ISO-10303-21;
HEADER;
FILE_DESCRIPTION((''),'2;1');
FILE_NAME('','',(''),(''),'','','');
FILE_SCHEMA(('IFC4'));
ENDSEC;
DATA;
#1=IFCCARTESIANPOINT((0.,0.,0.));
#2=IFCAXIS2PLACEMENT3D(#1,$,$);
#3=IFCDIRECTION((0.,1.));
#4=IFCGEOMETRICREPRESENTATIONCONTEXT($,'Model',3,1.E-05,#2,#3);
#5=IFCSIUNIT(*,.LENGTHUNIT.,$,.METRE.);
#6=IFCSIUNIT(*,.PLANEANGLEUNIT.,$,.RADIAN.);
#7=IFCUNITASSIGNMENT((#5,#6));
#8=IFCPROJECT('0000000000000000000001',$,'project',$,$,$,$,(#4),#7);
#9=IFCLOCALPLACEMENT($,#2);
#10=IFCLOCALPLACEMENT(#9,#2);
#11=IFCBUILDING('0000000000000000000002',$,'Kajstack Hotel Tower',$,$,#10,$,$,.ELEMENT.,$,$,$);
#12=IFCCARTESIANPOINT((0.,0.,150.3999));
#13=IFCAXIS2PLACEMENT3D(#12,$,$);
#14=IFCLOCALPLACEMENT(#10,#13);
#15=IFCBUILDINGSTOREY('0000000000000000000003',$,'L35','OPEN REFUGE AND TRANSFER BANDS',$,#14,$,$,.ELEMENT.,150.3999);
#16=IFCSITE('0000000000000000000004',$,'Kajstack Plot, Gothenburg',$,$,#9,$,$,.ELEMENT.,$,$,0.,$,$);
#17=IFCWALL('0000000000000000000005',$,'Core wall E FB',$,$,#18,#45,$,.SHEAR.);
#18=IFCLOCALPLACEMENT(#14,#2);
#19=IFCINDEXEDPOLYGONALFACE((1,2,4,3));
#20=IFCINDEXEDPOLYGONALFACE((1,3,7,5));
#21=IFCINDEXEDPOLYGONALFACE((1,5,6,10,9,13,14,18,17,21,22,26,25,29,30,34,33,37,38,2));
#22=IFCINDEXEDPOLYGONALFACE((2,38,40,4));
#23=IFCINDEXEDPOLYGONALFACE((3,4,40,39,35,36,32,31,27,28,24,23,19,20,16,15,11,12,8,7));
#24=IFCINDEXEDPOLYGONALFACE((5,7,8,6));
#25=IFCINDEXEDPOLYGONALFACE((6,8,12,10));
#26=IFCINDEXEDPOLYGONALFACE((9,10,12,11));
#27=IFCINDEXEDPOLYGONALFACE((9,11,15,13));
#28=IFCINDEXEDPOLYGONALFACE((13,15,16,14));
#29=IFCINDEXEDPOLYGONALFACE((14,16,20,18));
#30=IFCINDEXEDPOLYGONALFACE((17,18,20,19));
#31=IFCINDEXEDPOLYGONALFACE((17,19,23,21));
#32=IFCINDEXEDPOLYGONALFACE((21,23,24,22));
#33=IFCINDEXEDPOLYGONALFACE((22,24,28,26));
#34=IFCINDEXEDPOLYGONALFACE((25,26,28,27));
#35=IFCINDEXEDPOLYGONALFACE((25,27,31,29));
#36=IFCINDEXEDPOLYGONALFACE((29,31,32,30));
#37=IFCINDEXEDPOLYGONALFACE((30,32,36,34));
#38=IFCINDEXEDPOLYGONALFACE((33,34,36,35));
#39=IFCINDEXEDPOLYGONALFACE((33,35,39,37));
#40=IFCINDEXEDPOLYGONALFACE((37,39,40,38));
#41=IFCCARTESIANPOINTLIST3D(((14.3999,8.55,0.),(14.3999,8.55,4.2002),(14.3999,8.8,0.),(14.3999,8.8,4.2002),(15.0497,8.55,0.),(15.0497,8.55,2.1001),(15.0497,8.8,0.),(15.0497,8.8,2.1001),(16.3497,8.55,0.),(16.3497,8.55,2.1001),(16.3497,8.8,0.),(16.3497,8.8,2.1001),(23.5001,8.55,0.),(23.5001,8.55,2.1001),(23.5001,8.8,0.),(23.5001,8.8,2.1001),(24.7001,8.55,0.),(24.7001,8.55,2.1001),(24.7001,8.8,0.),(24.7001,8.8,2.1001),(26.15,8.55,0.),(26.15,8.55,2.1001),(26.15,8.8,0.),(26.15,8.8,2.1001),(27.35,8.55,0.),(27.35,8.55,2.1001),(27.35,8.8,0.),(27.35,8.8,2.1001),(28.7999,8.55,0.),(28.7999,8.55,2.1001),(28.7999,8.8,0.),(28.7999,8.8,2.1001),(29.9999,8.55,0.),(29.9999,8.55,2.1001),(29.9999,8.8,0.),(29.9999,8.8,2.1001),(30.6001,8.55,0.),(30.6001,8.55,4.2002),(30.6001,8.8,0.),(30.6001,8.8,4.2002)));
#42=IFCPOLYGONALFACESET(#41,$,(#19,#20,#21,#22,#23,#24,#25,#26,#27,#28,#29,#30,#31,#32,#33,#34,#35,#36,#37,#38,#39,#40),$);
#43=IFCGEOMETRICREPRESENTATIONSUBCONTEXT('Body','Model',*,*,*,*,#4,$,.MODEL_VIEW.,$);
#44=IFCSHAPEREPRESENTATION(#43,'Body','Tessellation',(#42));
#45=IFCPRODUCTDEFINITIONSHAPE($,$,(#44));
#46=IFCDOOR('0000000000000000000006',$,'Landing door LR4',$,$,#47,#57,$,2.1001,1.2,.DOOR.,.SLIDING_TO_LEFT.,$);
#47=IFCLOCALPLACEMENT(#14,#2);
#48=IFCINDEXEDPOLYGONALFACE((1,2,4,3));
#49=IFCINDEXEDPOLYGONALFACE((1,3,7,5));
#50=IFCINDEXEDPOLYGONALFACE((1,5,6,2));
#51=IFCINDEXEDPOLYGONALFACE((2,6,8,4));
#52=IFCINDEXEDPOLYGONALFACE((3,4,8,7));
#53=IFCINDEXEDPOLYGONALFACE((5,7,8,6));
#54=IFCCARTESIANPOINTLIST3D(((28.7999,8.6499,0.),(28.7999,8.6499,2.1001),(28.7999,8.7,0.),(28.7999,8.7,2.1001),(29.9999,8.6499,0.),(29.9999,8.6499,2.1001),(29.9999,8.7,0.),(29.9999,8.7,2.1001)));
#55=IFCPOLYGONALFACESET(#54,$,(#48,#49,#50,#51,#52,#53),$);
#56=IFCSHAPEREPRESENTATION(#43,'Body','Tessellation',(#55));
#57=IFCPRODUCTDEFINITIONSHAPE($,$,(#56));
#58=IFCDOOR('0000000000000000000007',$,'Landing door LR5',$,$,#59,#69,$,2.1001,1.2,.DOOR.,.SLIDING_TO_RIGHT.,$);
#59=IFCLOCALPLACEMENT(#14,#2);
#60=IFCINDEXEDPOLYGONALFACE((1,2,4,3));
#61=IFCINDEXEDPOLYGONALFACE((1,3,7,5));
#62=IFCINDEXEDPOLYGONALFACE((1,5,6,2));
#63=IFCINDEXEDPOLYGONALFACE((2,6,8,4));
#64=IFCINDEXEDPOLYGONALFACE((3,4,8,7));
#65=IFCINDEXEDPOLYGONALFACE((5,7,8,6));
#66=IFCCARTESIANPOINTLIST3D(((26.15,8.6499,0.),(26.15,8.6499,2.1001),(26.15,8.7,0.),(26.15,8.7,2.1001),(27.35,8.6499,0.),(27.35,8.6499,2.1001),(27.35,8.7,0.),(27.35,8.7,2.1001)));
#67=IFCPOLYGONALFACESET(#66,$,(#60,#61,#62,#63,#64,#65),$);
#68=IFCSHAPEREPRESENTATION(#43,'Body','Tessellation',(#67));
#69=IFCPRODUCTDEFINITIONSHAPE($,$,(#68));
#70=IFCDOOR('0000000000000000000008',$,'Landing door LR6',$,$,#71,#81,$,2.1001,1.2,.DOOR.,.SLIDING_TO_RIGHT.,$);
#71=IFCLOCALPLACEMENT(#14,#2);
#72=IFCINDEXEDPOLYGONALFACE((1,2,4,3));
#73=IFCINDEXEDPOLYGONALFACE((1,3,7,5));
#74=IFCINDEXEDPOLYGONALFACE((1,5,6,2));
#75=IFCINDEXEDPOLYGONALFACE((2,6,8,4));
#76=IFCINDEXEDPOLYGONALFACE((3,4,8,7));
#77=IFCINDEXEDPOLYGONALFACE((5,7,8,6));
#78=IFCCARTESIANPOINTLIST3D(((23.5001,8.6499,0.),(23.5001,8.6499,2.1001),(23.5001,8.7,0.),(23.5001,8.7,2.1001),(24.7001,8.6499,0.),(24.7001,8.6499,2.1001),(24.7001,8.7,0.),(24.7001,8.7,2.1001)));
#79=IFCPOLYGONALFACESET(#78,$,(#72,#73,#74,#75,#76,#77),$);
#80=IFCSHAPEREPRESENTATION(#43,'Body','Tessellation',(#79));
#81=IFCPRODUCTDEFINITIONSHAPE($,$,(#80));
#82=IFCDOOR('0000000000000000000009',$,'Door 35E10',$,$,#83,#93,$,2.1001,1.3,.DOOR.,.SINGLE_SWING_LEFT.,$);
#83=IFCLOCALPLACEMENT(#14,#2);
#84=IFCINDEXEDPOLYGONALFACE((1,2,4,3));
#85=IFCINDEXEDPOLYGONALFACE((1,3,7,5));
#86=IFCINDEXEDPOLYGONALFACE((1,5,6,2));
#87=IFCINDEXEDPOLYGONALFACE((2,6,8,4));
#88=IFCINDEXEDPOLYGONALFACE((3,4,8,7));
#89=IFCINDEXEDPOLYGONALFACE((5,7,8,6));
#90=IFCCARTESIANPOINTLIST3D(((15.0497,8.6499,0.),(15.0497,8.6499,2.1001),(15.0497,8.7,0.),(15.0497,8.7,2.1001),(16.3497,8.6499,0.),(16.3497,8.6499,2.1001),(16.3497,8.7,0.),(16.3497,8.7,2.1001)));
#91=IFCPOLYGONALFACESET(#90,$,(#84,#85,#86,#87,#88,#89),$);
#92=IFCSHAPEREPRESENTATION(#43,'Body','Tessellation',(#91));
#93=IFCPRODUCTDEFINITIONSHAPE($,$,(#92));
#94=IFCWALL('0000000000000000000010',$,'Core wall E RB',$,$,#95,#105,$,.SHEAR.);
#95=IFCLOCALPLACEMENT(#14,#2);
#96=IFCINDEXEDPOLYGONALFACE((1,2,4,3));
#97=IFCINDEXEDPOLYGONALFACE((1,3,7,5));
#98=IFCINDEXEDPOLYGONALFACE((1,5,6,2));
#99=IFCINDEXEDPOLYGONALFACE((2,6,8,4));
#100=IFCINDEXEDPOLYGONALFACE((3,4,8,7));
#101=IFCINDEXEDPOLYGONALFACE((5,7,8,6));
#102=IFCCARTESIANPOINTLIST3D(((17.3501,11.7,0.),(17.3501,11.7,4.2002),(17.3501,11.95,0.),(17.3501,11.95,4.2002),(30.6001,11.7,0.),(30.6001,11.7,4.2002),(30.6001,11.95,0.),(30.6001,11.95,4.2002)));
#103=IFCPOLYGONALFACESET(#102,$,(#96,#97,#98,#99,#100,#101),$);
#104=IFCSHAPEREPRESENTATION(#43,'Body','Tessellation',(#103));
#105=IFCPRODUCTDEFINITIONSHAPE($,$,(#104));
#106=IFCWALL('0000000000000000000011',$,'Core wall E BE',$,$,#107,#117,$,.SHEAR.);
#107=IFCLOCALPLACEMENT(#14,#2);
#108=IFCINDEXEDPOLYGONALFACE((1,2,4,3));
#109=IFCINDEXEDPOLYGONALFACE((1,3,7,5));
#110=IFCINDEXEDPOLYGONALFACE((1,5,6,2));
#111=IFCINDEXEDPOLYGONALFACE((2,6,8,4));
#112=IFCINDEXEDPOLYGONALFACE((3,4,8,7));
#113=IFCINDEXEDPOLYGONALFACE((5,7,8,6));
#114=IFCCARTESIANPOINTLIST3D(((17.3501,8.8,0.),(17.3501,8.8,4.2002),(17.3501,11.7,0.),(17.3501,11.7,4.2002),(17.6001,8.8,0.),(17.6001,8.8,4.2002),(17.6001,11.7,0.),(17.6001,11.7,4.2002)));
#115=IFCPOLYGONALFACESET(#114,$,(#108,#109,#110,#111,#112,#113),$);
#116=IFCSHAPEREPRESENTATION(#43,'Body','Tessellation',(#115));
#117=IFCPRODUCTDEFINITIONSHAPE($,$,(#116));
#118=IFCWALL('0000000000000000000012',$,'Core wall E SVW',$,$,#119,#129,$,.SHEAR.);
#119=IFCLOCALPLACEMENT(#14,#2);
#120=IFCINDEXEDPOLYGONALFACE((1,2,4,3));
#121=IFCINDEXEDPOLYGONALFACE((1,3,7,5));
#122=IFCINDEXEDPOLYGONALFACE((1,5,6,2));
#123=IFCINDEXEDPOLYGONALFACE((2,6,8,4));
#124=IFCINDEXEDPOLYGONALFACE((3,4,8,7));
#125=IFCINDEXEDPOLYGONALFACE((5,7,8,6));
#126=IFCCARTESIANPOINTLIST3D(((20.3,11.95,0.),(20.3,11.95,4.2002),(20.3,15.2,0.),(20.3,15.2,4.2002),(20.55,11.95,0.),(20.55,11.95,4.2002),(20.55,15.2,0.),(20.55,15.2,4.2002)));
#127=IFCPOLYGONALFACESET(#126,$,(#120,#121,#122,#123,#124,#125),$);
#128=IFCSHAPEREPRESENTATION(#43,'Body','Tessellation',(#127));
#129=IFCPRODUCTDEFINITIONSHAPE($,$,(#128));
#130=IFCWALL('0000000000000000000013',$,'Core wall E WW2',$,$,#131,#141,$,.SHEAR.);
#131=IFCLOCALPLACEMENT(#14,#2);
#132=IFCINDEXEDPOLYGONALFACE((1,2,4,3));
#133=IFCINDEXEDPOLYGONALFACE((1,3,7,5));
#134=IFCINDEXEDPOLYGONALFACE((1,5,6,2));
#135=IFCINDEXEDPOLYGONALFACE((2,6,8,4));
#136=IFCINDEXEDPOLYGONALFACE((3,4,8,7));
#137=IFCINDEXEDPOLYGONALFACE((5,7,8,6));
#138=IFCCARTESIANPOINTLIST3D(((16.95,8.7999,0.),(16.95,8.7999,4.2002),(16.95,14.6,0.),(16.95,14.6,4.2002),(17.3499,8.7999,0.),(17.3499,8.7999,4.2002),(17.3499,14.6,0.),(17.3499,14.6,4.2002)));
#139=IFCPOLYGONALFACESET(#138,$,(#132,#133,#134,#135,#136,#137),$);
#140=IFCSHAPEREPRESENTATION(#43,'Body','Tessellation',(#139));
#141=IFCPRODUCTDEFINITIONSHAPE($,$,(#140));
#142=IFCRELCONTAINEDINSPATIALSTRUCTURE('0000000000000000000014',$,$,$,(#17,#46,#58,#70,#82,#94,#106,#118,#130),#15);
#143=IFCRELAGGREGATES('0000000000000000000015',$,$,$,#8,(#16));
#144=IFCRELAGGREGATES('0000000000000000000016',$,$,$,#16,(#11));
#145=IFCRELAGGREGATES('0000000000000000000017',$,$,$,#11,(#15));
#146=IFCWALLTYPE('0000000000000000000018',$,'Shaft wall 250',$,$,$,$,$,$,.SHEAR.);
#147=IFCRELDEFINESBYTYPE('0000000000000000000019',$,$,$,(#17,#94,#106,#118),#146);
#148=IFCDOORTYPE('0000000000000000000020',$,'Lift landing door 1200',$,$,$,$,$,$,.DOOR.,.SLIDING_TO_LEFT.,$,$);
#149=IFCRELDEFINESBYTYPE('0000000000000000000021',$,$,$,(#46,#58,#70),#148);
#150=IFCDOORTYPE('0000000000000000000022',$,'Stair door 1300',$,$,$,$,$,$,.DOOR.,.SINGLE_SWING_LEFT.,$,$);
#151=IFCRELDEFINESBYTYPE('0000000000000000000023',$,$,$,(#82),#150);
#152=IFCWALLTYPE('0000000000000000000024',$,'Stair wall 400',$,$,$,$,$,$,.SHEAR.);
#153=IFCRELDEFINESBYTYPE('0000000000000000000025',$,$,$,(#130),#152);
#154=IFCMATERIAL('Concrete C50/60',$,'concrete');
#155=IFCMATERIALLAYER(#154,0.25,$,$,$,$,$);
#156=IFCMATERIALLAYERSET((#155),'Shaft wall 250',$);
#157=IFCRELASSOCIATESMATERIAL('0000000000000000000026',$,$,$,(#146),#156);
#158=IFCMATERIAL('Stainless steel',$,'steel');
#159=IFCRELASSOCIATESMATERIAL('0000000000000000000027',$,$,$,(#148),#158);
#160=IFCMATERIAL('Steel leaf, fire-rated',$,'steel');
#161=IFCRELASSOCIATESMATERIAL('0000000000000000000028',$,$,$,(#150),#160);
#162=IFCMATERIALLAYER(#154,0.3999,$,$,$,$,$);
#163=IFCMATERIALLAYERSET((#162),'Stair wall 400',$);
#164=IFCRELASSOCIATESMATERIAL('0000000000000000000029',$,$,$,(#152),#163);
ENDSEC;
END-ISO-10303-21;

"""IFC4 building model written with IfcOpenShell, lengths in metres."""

from ifc_helpers import new_model, si_unit, direction, frame, frame_2d, origin, place, context, subcontext, project, spatial, rectangle, extrude, material, layer, layer_set, type_object, element, fill, save


model = new_model("IFC4")

# Units and contexts
model_context = context("Model", 3, precision=1e-05, world=origin(), true_north=direction((0.0, 1.0)))
body_context = subcontext(model_context, "Body", "Model", "MODEL_VIEW")
ifc_project = project(units=[si_unit("LENGTHUNIT", "METRE"), si_unit("PLANEANGLEUNIT", "RADIAN")], contexts=[model_context])

# Site, building, storey
site_placement = place(None, origin())
site = spatial("IfcSite", under=ifc_project, at=site_placement, Name="Kajstack Plot, Gothenburg", CompositionType="ELEMENT", RefElevation=0.0)
building_placement = place(site_placement, origin())
building = spatial("IfcBuilding", under=site, at=building_placement, Name="Kajstack Hotel Tower", CompositionType="ELEMENT")
storey_placement = place(building_placement, frame((0.0, 0.0, 150.3999)))
storey = spatial("IfcBuildingStorey", under=building, at=storey_placement, Name="L35", Description="OPEN REFUGE AND TRANSFER BANDS", CompositionType="ELEMENT", Elevation=150.3999)

# Shared definitions
ifc_material_1 = material(Name="Concrete C50/60", Category="concrete")
ifc_layer_1 = layer(ifc_material_1, 0.25)
ifc_layer_set_1 = layer_set([ifc_layer_1], Name="Shaft wall 250")
wall_type_1 = type_object("IfcWallType", Name="Shaft wall 250", PredefinedType="SHEAR", material=ifc_layer_set_1)

# Wall, openings, doors
wall_1_placement = place(storey_placement, frame((14.3999, 8.675, 0.0), z_axis=(0.0, 0.0, 1.0), x_axis=(1.0, 0.0, 0.0)))
wall_1 = element("IfcWall", 1, at=wall_1_placement, inside=storey, type_object=wall_type_1, Name="Core wall E FB", PredefinedType="SHEAR", context=body_context, shape_type="SweptSolid", body=[
    extrude(rectangle(XDim=16.2002, YDim=0.25, at=frame_2d((8.1001, 0.0))), origin(), (0.0, 0.0, 1.0), 4.2002),
])
opening_1_placement = place(wall_1_placement, frame((14.3999, 0.0, 0.0)))
opening_1 = element("IfcOpeningElement", 2, at=opening_1_placement, cuts=wall_1, PredefinedType="OPENING", context=body_context, shape_type="SweptSolid", body=[
    extrude(rectangle(XDim=1.2, YDim=2.1001, at=frame_2d((0.6001, 1.05))), frame((0.0, 0.135, 0.0), z_axis=(0.0, -1.0, 0.0), x_axis=(1.0, 0.0, 0.0)), (0.0, 0.0, 1.0), 0.27),
])
opening_2_placement = place(wall_1_placement, frame((11.75, 0.0, 0.0)))
opening_2 = element("IfcOpeningElement", 3, at=opening_2_placement, cuts=wall_1, PredefinedType="OPENING", context=body_context, shape_type="SweptSolid", body=[
    extrude(rectangle(XDim=1.2, YDim=2.1001, at=frame_2d((0.6001, 1.05))), frame((0.0, 0.135, 0.0), z_axis=(0.0, -1.0, 0.0), x_axis=(1.0, 0.0, 0.0)), (0.0, 0.0, 1.0), 0.27),
])
opening_3_placement = place(wall_1_placement, frame((9.1001, 0.0, 0.0)))
opening_3 = element("IfcOpeningElement", 4, at=opening_3_placement, cuts=wall_1, PredefinedType="OPENING", context=body_context, shape_type="SweptSolid", body=[
    extrude(rectangle(XDim=1.2, YDim=2.1001, at=frame_2d((0.6001, 1.05))), frame((0.0, 0.135, 0.0), z_axis=(0.0, -1.0, 0.0), x_axis=(1.0, 0.0, 0.0)), (0.0, 0.0, 1.0), 0.27),
])
opening_4_placement = place(wall_1_placement, frame((0.6499, 0.0, 0.0)))
opening_4 = element("IfcOpeningElement", 5, at=opening_4_placement, cuts=wall_1, PredefinedType="OPENING", context=body_context, shape_type="SweptSolid", body=[
    extrude(rectangle(XDim=1.3, YDim=2.1001, at=frame_2d((0.6499, 1.05))), frame((0.0, 0.135, 0.0), z_axis=(0.0, -1.0, 0.0), x_axis=(1.0, 0.0, 0.0)), (0.0, 0.0, 1.0), 0.27),
])
ifc_material_2 = material(Name="Stainless steel", Category="steel")
door_type_1 = type_object("IfcDoorType", Name="Lift landing door 1200", OperationType="SLIDING_TO_LEFT", PredefinedType="DOOR", material=ifc_material_2)
door_1_placement = place(opening_1_placement, origin())
door_1 = element("IfcDoor", 6, at=door_1_placement, inside=storey, type_object=door_type_1, Name="Landing door LR4", OperationType="SLIDING_TO_LEFT", OverallHeight=2.1001, OverallWidth=1.2, PredefinedType="DOOR", context=body_context, shape_type="SweptSolid", body=[
    extrude(rectangle(XDim=1.2, YDim=2.1001, at=frame_2d((0.6001, 1.05))), frame((0.0, 0.0249, 0.0), z_axis=(0.0, -1.0, 0.0), x_axis=(1.0, 0.0, 0.0)), (0.0, 0.0, 1.0), 0.05),
])
fill(opening_1, door_1)
door_2_placement = place(opening_2_placement, origin())
door_2 = element("IfcDoor", 7, at=door_2_placement, inside=storey, type_object=door_type_1, Name="Landing door LR5", OperationType="SLIDING_TO_RIGHT", OverallHeight=2.1001, OverallWidth=1.2, PredefinedType="DOOR", context=body_context, shape_type="SweptSolid", body=[
    extrude(rectangle(XDim=1.2, YDim=2.1001, at=frame_2d((0.6001, 1.05))), frame((0.0, 0.0249, 0.0), z_axis=(0.0, -1.0, 0.0), x_axis=(1.0, 0.0, 0.0)), (0.0, 0.0, 1.0), 0.05),
])
fill(opening_2, door_2)
door_3_placement = place(opening_3_placement, origin())
door_3 = element("IfcDoor", 8, at=door_3_placement, inside=storey, type_object=door_type_1, Name="Landing door LR6", OperationType="SLIDING_TO_RIGHT", OverallHeight=2.1001, OverallWidth=1.2, PredefinedType="DOOR", context=body_context, shape_type="SweptSolid", body=[
    extrude(rectangle(XDim=1.2, YDim=2.1001, at=frame_2d((0.6001, 1.05))), frame((0.0, 0.0249, 0.0), z_axis=(0.0, -1.0, 0.0), x_axis=(1.0, 0.0, 0.0)), (0.0, 0.0, 1.0), 0.05),
])
fill(opening_3, door_3)
ifc_material_3 = material(Name="Steel leaf, fire-rated", Category="steel")
door_type_2 = type_object("IfcDoorType", Name="Stair door 1300", OperationType="SINGLE_SWING_LEFT", PredefinedType="DOOR", material=ifc_material_3)
door_4_placement = place(opening_4_placement, origin())
door_4 = element("IfcDoor", 9, at=door_4_placement, inside=storey, type_object=door_type_2, Name="Door 35E10", OperationType="SINGLE_SWING_LEFT", OverallHeight=2.1001, OverallWidth=1.3, PredefinedType="DOOR", context=body_context, shape_type="SweptSolid", body=[
    extrude(rectangle(XDim=1.3, YDim=2.1001, at=frame_2d((0.6499, 1.05))), frame((0.0, 0.0249, 0.0), z_axis=(0.0, -1.0, 0.0), x_axis=(1.0, 0.0, 0.0)), (0.0, 0.0, 1.0), 0.05),
])
fill(opening_4, door_4)

# Walls
wall_2_placement = place(storey_placement, frame((17.3501, 11.825, 0.0), z_axis=(0.0, 0.0, 1.0), x_axis=(1.0, 0.0, 0.0)))
element("IfcWall", 10, at=wall_2_placement, inside=storey, type_object=wall_type_1, Name="Core wall E RB", PredefinedType="SHEAR", context=body_context, shape_type="SweptSolid", body=[
    extrude(rectangle(XDim=13.25, YDim=0.25, at=frame_2d((6.625, 0.0))), origin(), (0.0, 0.0, 1.0), 4.2002),
])
wall_3_placement = place(storey_placement, frame((17.4751, 8.8, 0.0), z_axis=(0.0, 0.0, 1.0), x_axis=(0.0, 1.0, 0.0)))
element("IfcWall", 11, at=wall_3_placement, inside=storey, type_object=wall_type_1, Name="Core wall E BE", PredefinedType="SHEAR", context=body_context, shape_type="SweptSolid", body=[
    extrude(rectangle(XDim=2.8999, YDim=0.25, at=frame_2d((1.45, 0.0))), origin(), (0.0, 0.0, 1.0), 4.2002),
])
wall_4_placement = place(storey_placement, frame((20.425, 11.95, 0.0), z_axis=(0.0, 0.0, 1.0), x_axis=(0.0, 1.0, 0.0)))
element("IfcWall", 12, at=wall_4_placement, inside=storey, type_object=wall_type_1, Name="Core wall E SVW", PredefinedType="SHEAR", context=body_context, shape_type="SweptSolid", body=[
    extrude(rectangle(XDim=3.25, YDim=0.25, at=frame_2d((1.625, 0.0))), origin(), (0.0, 0.0, 1.0), 4.2002),
])
ifc_layer_2 = layer(ifc_material_1, 0.3999)
ifc_layer_set_2 = layer_set([ifc_layer_2], Name="Stair wall 400")
wall_type_2 = type_object("IfcWallType", Name="Stair wall 400", PredefinedType="SHEAR", material=ifc_layer_set_2)
wall_5_placement = place(storey_placement, frame((17.1499, 8.8, 0.0), z_axis=(0.0, 0.0, 1.0), x_axis=(0.0, 1.0, 0.0)))
element("IfcWall", 13, at=wall_5_placement, inside=storey, type_object=wall_type_2, Name="Core wall E WW2", PredefinedType="SHEAR", context=body_context, shape_type="SweptSolid", body=[
    extrude(rectangle(XDim=5.8, YDim=0.3999, at=frame_2d((2.8999, 0.0))), origin(), (0.0, 0.0, 1.0), 4.2002),
])

save(model, "model.ifc")
